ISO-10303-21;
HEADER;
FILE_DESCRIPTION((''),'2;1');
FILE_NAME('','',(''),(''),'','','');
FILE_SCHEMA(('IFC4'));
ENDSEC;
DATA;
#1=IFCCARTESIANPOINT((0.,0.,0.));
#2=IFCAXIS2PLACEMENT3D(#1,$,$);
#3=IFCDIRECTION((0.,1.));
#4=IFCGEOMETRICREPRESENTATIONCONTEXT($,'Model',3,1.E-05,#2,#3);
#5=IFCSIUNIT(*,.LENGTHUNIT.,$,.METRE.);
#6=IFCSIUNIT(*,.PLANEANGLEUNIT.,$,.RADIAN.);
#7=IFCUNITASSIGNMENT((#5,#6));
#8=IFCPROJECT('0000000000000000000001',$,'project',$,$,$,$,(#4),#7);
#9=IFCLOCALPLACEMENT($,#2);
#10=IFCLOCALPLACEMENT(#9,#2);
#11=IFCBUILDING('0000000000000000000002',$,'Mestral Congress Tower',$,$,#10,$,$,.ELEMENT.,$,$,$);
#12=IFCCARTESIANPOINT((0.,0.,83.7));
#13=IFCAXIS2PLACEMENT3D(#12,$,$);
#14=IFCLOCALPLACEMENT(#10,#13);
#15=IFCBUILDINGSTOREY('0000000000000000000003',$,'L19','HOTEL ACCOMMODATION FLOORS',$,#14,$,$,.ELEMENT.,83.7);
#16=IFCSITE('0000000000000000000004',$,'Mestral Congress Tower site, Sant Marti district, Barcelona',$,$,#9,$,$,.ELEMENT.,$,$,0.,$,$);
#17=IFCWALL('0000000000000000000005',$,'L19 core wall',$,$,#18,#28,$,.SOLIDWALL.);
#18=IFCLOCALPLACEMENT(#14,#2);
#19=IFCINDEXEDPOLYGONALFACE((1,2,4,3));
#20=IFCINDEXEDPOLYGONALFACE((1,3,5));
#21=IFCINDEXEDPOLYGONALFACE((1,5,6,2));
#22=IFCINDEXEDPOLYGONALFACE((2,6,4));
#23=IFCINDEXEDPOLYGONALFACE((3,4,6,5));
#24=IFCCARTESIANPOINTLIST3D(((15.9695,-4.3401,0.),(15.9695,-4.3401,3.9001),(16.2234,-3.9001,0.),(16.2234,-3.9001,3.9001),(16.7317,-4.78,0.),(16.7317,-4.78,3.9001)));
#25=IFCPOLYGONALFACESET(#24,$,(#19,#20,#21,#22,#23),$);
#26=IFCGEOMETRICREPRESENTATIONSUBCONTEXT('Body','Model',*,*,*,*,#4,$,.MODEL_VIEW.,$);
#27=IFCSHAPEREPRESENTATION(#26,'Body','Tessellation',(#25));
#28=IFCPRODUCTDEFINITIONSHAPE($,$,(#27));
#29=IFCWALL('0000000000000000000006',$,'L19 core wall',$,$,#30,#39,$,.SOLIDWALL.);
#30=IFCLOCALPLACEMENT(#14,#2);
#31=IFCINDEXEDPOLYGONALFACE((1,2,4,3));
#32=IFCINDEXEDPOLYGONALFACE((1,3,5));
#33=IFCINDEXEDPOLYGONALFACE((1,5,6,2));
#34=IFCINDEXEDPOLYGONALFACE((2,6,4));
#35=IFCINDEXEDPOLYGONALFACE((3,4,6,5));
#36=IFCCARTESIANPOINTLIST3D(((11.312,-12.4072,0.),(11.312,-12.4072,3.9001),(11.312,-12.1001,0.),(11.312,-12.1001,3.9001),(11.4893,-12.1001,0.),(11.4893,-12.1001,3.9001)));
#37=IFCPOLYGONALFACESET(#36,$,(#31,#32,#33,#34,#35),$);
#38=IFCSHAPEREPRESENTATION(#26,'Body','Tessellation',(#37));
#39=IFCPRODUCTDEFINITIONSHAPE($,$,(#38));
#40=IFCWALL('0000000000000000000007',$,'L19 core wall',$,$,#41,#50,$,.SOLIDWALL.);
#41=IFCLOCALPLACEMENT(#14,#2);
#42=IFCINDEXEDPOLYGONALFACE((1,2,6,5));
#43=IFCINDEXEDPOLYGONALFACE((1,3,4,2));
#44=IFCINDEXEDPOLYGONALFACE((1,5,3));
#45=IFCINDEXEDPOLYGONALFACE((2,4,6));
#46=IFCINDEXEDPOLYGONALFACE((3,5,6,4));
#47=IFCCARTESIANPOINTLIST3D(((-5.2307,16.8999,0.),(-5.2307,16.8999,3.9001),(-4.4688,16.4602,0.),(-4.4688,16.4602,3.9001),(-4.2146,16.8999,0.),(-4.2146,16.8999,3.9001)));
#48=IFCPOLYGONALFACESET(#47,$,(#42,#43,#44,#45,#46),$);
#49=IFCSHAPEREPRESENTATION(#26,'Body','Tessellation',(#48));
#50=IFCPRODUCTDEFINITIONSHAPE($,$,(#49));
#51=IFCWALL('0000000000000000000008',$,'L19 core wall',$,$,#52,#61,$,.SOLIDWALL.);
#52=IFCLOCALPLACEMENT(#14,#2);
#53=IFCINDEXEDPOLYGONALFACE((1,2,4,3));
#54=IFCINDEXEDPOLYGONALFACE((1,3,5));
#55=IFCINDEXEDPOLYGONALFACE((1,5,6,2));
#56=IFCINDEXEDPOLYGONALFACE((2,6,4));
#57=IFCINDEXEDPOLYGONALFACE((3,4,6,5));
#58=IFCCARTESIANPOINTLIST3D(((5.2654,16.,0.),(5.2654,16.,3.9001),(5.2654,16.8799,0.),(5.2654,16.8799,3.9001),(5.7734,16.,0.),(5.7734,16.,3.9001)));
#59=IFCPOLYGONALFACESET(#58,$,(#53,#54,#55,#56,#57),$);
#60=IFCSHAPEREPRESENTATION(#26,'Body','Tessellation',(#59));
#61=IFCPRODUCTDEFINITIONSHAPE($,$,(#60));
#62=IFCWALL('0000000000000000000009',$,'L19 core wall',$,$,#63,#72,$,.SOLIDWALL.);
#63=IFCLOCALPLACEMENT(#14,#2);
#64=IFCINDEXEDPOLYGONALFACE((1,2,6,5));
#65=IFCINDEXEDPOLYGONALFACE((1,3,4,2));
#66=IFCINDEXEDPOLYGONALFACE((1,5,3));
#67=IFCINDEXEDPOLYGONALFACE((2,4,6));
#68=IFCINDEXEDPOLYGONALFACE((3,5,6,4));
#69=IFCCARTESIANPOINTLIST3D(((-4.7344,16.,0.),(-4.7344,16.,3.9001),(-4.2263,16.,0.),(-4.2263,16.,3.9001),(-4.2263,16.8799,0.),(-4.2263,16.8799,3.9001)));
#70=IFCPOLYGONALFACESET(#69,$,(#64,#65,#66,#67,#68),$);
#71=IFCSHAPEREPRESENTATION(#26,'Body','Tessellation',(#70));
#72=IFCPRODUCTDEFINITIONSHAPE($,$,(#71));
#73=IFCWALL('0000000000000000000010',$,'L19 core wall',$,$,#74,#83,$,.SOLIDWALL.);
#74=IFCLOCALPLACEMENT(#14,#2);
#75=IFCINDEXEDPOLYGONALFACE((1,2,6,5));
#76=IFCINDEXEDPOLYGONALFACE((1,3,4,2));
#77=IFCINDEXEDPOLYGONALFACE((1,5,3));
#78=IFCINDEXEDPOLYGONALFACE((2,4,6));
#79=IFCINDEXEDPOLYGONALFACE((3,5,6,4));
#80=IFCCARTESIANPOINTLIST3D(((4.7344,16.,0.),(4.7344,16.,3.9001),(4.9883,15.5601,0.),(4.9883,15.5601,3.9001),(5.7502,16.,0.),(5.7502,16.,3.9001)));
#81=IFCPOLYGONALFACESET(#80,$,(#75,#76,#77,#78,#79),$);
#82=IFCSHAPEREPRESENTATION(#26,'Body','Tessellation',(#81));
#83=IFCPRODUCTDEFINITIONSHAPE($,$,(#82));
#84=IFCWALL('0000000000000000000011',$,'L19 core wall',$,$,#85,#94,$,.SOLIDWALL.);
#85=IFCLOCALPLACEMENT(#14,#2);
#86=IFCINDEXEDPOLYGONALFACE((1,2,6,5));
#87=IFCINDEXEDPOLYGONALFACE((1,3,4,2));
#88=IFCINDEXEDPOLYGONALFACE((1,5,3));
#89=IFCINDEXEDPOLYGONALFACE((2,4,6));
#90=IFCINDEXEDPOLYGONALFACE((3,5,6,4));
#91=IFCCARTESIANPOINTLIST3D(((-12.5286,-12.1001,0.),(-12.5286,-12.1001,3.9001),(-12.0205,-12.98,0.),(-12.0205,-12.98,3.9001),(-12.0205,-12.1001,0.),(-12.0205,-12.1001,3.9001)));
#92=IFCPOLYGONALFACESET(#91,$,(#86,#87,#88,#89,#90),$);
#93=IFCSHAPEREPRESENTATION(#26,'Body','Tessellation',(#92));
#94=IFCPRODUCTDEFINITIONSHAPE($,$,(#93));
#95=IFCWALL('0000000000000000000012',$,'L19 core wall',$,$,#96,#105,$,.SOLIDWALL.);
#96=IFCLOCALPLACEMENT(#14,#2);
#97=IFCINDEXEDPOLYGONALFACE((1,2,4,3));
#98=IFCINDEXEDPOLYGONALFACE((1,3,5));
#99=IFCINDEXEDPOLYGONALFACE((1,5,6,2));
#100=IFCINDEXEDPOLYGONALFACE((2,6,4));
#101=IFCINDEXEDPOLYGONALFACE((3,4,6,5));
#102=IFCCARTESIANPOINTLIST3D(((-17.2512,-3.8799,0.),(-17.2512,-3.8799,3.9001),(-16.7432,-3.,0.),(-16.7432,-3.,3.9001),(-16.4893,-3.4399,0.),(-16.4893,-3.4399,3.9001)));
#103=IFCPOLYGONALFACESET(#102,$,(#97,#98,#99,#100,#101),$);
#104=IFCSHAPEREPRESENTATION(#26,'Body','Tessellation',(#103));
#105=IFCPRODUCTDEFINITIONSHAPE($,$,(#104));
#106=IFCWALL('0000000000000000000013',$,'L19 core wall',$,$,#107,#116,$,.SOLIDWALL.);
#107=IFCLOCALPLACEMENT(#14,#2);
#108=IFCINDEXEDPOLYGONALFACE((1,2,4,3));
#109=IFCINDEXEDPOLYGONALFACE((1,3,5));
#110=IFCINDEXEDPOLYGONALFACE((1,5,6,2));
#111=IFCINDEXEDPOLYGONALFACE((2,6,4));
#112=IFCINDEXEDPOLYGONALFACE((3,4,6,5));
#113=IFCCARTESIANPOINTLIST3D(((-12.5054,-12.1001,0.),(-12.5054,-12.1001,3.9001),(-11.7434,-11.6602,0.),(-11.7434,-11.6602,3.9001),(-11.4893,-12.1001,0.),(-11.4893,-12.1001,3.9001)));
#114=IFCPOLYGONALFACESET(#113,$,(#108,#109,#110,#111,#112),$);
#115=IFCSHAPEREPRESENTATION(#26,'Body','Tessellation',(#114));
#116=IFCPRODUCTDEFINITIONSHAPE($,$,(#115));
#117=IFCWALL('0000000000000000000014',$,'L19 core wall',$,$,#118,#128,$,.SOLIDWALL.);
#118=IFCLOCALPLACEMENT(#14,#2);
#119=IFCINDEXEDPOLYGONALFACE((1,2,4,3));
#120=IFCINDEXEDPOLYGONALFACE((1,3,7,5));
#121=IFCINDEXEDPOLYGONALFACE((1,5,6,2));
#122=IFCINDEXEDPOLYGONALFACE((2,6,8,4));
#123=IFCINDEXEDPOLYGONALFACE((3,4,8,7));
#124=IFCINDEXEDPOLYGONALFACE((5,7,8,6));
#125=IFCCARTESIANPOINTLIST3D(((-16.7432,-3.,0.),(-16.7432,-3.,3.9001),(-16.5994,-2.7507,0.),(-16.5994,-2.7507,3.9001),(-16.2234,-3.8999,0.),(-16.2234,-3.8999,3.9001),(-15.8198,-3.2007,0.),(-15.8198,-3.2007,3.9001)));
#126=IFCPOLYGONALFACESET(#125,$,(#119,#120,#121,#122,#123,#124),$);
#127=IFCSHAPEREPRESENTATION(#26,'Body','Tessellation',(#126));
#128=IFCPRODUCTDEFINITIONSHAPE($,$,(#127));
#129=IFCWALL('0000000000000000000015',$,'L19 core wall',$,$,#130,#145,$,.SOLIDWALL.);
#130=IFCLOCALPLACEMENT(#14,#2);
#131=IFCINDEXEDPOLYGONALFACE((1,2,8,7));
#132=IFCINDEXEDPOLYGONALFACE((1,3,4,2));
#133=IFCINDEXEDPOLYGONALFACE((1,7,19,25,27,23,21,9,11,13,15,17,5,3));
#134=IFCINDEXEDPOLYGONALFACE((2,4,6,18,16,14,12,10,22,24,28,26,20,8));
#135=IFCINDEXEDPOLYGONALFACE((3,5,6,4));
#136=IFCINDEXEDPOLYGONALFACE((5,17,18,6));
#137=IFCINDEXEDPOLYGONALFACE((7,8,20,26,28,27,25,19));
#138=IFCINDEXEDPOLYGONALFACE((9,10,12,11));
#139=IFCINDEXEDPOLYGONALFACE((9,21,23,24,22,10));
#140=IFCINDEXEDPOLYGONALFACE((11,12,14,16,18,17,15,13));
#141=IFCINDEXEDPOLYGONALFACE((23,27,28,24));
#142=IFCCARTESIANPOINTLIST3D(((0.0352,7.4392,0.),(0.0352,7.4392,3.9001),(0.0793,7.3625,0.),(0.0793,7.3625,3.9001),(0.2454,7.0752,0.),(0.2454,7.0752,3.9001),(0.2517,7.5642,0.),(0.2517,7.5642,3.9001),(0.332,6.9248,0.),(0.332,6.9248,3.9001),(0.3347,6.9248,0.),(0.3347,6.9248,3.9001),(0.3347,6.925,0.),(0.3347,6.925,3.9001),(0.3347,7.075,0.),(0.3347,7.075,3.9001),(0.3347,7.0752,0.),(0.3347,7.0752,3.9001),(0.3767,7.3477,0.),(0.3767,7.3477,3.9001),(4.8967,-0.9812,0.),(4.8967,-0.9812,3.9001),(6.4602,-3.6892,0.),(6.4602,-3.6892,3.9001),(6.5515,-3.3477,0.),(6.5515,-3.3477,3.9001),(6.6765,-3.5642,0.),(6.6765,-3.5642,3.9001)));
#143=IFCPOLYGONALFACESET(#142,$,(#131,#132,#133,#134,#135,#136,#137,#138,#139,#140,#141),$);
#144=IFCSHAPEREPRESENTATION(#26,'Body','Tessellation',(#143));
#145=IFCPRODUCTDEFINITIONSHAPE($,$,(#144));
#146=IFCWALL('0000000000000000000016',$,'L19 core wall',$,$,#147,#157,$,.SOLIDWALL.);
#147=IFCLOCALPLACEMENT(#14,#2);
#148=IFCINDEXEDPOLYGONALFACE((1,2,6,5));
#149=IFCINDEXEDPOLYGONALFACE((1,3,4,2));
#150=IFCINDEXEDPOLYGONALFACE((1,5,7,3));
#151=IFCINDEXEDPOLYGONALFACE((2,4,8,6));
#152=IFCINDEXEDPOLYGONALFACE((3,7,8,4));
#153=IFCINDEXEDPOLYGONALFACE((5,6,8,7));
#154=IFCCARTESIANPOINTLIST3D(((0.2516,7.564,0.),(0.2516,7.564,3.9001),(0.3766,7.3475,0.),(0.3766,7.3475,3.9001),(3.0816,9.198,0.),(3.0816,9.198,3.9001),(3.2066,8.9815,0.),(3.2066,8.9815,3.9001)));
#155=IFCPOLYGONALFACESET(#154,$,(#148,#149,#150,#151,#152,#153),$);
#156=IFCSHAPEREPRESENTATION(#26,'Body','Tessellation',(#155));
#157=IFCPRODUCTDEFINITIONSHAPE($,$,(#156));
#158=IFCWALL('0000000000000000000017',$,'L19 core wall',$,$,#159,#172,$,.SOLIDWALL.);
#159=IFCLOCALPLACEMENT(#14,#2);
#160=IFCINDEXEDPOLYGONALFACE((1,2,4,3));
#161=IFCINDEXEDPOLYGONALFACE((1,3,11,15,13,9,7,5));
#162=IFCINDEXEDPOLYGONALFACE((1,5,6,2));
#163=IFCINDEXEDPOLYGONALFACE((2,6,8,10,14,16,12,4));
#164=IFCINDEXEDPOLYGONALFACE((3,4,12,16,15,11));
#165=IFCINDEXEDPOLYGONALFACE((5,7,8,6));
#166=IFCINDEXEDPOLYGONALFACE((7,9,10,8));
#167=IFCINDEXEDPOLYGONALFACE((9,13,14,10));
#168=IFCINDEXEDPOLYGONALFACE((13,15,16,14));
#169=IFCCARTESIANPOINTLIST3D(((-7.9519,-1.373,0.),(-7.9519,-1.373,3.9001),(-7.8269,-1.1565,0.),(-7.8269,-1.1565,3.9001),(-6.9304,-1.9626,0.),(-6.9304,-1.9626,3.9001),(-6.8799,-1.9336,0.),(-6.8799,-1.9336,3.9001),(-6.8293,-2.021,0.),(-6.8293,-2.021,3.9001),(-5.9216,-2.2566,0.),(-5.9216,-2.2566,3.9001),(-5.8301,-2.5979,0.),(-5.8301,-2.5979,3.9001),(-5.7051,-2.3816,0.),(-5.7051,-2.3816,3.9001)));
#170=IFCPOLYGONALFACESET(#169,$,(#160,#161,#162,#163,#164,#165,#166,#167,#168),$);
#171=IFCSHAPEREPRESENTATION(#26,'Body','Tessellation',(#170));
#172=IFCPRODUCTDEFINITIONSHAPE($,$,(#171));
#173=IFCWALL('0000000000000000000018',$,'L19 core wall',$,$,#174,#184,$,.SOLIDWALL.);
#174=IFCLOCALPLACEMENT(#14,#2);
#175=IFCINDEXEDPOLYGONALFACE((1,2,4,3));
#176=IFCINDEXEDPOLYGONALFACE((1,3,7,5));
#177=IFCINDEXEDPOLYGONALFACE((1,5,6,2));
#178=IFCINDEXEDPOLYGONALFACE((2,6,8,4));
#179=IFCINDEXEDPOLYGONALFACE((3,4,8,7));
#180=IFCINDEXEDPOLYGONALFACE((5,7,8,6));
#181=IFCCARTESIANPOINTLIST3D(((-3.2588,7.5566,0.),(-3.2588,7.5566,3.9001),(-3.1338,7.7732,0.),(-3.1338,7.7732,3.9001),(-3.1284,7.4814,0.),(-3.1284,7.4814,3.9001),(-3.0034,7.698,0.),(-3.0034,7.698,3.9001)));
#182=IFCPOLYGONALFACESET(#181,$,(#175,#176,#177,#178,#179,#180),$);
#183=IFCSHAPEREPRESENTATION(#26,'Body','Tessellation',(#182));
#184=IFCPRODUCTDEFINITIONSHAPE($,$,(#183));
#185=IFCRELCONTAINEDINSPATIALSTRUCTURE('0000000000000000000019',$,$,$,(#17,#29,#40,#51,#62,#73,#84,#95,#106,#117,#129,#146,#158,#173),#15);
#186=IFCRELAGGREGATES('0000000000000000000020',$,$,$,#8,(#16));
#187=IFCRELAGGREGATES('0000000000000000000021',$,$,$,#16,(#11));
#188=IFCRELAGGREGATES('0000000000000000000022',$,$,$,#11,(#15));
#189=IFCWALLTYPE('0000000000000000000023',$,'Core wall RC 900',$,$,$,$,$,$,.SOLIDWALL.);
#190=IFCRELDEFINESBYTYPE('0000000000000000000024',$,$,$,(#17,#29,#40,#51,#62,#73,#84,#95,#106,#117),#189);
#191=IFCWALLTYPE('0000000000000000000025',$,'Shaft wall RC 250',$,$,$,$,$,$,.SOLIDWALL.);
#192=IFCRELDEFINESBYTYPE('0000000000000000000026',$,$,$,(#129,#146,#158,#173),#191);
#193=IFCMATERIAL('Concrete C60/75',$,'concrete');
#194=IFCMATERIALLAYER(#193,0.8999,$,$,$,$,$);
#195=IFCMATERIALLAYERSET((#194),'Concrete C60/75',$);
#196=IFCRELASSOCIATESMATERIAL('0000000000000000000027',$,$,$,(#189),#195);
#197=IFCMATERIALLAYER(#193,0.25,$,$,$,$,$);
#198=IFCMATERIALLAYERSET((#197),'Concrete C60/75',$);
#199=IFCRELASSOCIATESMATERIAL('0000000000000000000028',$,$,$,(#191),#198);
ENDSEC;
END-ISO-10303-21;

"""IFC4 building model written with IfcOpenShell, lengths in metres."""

from ifc_helpers import new_model, si_unit, direction, frame, frame_2d, origin, place, context, subcontext, project, spatial, polyline, rectangle, outline, extrude, material, layer, layer_set, type_object, element, save


model = new_model("IFC4")

# Units and contexts
model_context = context("Model", 3, precision=1e-05, world=origin(), true_north=direction((0.0, 1.0)))
body_context = subcontext(model_context, "Body", "Model", "MODEL_VIEW")
ifc_project = project(units=[si_unit("LENGTHUNIT", "METRE"), si_unit("PLANEANGLEUNIT", "RADIAN")], contexts=[model_context])

# Site, building, storey
site_placement = place(None, origin())
site = spatial("IfcSite", under=ifc_project, at=site_placement, Name="Mestral Congress Tower site, Sant Marti district, Barcelona", CompositionType="ELEMENT", RefElevation=0.0)
building_placement = place(site_placement, origin())
building = spatial("IfcBuilding", under=site, at=building_placement, Name="Mestral Congress Tower", CompositionType="ELEMENT")
storey_placement = place(building_placement, frame((0.0, 0.0, 83.7)))
storey = spatial("IfcBuildingStorey", under=building, at=storey_placement, Name="L19", Description="HOTEL ACCOMMODATION FLOORS", CompositionType="ELEMENT", Elevation=83.7)

# Shared definitions
ifc_material_1 = material(Name="Concrete C60/75", Category="concrete")

# Shared definitions
placement_1 = place(storey_placement, origin())

# Walls
ifc_layer_1 = layer(ifc_material_1, 0.8999)
ifc_layer_set_1 = layer_set([ifc_layer_1], Name="Concrete C60/75")
wall_type_1 = type_object("IfcWallType", Name="Core wall RC 900", PredefinedType="SOLIDWALL", material=ifc_layer_set_1)
element("IfcWall", 1, at=placement_1, inside=storey, type_object=wall_type_1, Name="L19 core wall", PredefinedType="SOLIDWALL", context=body_context, shape_type="SweptSolid", body=[
    extrude(outline(polyline([(16.2234, -3.9001), (16.7317, -4.78), (15.9695, -4.3401), (16.2234, -3.9001)])), origin(), (0.0, 0.0, 1.0), 3.9001),
])
element("IfcWall", 2, at=placement_1, inside=storey, type_object=wall_type_1, Name="L19 core wall", PredefinedType="SOLIDWALL", context=body_context, shape_type="SweptSolid", body=[
    extrude(outline(polyline([(11.4893, -12.1001), (11.312, -12.4072), (11.312, -12.1001), (11.4893, -12.1001)])), origin(), (0.0, 0.0, 1.0), 3.9001),
])
element("IfcWall", 3, at=placement_1, inside=storey, type_object=wall_type_1, Name="L19 core wall", PredefinedType="SOLIDWALL", context=body_context, shape_type="SweptSolid", body=[
    extrude(outline(polyline([(-4.2146, 16.8999), (-4.4688, 16.4602), (-5.2307, 16.8999), (-4.2146, 16.8999)])), origin(), (0.0, 0.0, 1.0), 3.9001),
])
element("IfcWall", 4, at=placement_1, inside=storey, type_object=wall_type_1, Name="L19 core wall", PredefinedType="SOLIDWALL", context=body_context, shape_type="SweptSolid", body=[
    extrude(outline(polyline([(5.2654, 16.0), (5.2654, 16.8799), (5.7734, 16.0), (5.2654, 16.0)])), origin(), (0.0, 0.0, 1.0), 3.9001),
])
element("IfcWall", 5, at=placement_1, inside=storey, type_object=wall_type_1, Name="L19 core wall", PredefinedType="SOLIDWALL", context=body_context, shape_type="SweptSolid", body=[
    extrude(outline(polyline([(-4.7344, 16.0), (-4.2263, 16.8799), (-4.2263, 16.0), (-4.7344, 16.0)])), origin(), (0.0, 0.0, 1.0), 3.9001),
])
element("IfcWall", 6, at=placement_1, inside=storey, type_object=wall_type_1, Name="L19 core wall", PredefinedType="SOLIDWALL", context=body_context, shape_type="SweptSolid", body=[
    extrude(outline(polyline([(4.7344, 16.0), (5.7502, 16.0), (4.9883, 15.5601), (4.7344, 16.0)])), origin(), (0.0, 0.0, 1.0), 3.9001),
])
element("IfcWall", 7, at=placement_1, inside=storey, type_object=wall_type_1, Name="L19 core wall", PredefinedType="SOLIDWALL", context=body_context, shape_type="SweptSolid", body=[
    extrude(outline(polyline([(-12.5286, -12.1001), (-12.0205, -12.1001), (-12.0205, -12.98), (-12.5286, -12.1001)])), origin(), (0.0, 0.0, 1.0), 3.9001),
])
element("IfcWall", 8, at=placement_1, inside=storey, type_object=wall_type_1, Name="L19 core wall", PredefinedType="SOLIDWALL", context=body_context, shape_type="SweptSolid", body=[
    extrude(outline(polyline([(-16.4893, -3.4399), (-17.2512, -3.8799), (-16.7432, -3.0), (-16.4893, -3.4399)])), origin(), (0.0, 0.0, 1.0), 3.9001),
])
element("IfcWall", 9, at=placement_1, inside=storey, type_object=wall_type_1, Name="L19 core wall", PredefinedType="SOLIDWALL", context=body_context, shape_type="SweptSolid", body=[
    extrude(outline(polyline([(-11.4893, -12.1001), (-12.5054, -12.1001), (-11.7434, -11.6602), (-11.4893, -12.1001)])), origin(), (0.0, 0.0, 1.0), 3.9001),
])
element("IfcWall", 10, at=placement_1, inside=storey, type_object=wall_type_1, Name="L19 core wall", PredefinedType="SOLIDWALL", context=body_context, shape_type="SweptSolid", body=[
    extrude(outline(polyline([(-15.8198, -3.2007), (-16.2234, -3.8999), (-16.7432, -3.0), (-16.5994, -2.7507), (-15.8198, -3.2007)])), origin(), (0.0, 0.0, 1.0), 3.9001),
])
ifc_layer_2 = layer(ifc_material_1, 0.25)
ifc_layer_set_2 = layer_set([ifc_layer_2], Name="Concrete C60/75")
wall_type_2 = type_object("IfcWallType", Name="Shaft wall RC 250", PredefinedType="SOLIDWALL", material=ifc_layer_set_2)
element("IfcWall", 11, at=placement_1, inside=storey, type_object=wall_type_2, Name="L19 core wall", PredefinedType="SOLIDWALL", context=body_context, shape_type="SweptSolid", body=[
    extrude(outline(polyline([(0.3347, 6.925), (0.3347, 7.075), (0.3347, 7.075), (0.3347, 7.0752), (0.2454, 7.0752), (0.0793, 7.3625), (0.0352, 7.4392), (0.2517, 7.5642), (0.3767, 7.3477), (6.5515, -3.3477), (6.6765, -3.5642), (6.4602, -3.6892), (4.8967, -0.9812), (0.332, 6.9248), (0.3347, 6.9248), (0.3347, 6.925), (0.3347, 6.925)])), origin(), (0.0, 0.0, 1.0), 3.9001),
])
wall_1_placement = place(storey_placement, frame((0.3142, 7.4558, 0.0), z_axis=(0.0, 0.0, 1.0), x_axis=(0.866014, 0.50002, 0.0)))
element("IfcWall", 12, at=wall_1_placement, inside=storey, type_object=wall_type_2, Name="L19 core wall", PredefinedType="SOLIDWALL", context=body_context, shape_type="SweptSolid", body=[
    extrude(rectangle(XDim=3.2678, YDim=0.25, at=frame_2d((1.6338, 0.0))), origin(), (0.0, 0.0, 1.0), 3.9001),
])
element("IfcWall", 13, at=placement_1, inside=storey, type_object=wall_type_2, Name="L19 core wall", PredefinedType="SOLIDWALL", context=body_context, shape_type="SweptSolid", body=[
    extrude(outline(polyline([(-5.9216, -2.2566), (-5.9216, -2.2566), (-5.7051, -2.3816), (-5.8301, -2.5979), (-6.8293, -2.021), (-6.8799, -1.9336), (-6.8799, -1.9336), (-6.9304, -1.9626), (-7.9519, -1.373), (-7.8269, -1.1565), (-5.9216, -2.2566)])), origin(), (0.0, 0.0, 1.0), 3.9001),
])
element("IfcWall", 14, at=placement_1, inside=storey, type_object=wall_type_2, Name="L19 core wall", PredefinedType="SOLIDWALL", context=body_context, shape_type="SweptSolid", body=[
    extrude(outline(polyline([(-3.1284, 7.4814), (-3.2588, 7.5566), (-3.1338, 7.7732), (-3.0034, 7.698), (-3.1284, 7.4814)])), origin(), (0.0, 0.0, 1.0), 3.9001),
])

save(model, "model.ifc")
